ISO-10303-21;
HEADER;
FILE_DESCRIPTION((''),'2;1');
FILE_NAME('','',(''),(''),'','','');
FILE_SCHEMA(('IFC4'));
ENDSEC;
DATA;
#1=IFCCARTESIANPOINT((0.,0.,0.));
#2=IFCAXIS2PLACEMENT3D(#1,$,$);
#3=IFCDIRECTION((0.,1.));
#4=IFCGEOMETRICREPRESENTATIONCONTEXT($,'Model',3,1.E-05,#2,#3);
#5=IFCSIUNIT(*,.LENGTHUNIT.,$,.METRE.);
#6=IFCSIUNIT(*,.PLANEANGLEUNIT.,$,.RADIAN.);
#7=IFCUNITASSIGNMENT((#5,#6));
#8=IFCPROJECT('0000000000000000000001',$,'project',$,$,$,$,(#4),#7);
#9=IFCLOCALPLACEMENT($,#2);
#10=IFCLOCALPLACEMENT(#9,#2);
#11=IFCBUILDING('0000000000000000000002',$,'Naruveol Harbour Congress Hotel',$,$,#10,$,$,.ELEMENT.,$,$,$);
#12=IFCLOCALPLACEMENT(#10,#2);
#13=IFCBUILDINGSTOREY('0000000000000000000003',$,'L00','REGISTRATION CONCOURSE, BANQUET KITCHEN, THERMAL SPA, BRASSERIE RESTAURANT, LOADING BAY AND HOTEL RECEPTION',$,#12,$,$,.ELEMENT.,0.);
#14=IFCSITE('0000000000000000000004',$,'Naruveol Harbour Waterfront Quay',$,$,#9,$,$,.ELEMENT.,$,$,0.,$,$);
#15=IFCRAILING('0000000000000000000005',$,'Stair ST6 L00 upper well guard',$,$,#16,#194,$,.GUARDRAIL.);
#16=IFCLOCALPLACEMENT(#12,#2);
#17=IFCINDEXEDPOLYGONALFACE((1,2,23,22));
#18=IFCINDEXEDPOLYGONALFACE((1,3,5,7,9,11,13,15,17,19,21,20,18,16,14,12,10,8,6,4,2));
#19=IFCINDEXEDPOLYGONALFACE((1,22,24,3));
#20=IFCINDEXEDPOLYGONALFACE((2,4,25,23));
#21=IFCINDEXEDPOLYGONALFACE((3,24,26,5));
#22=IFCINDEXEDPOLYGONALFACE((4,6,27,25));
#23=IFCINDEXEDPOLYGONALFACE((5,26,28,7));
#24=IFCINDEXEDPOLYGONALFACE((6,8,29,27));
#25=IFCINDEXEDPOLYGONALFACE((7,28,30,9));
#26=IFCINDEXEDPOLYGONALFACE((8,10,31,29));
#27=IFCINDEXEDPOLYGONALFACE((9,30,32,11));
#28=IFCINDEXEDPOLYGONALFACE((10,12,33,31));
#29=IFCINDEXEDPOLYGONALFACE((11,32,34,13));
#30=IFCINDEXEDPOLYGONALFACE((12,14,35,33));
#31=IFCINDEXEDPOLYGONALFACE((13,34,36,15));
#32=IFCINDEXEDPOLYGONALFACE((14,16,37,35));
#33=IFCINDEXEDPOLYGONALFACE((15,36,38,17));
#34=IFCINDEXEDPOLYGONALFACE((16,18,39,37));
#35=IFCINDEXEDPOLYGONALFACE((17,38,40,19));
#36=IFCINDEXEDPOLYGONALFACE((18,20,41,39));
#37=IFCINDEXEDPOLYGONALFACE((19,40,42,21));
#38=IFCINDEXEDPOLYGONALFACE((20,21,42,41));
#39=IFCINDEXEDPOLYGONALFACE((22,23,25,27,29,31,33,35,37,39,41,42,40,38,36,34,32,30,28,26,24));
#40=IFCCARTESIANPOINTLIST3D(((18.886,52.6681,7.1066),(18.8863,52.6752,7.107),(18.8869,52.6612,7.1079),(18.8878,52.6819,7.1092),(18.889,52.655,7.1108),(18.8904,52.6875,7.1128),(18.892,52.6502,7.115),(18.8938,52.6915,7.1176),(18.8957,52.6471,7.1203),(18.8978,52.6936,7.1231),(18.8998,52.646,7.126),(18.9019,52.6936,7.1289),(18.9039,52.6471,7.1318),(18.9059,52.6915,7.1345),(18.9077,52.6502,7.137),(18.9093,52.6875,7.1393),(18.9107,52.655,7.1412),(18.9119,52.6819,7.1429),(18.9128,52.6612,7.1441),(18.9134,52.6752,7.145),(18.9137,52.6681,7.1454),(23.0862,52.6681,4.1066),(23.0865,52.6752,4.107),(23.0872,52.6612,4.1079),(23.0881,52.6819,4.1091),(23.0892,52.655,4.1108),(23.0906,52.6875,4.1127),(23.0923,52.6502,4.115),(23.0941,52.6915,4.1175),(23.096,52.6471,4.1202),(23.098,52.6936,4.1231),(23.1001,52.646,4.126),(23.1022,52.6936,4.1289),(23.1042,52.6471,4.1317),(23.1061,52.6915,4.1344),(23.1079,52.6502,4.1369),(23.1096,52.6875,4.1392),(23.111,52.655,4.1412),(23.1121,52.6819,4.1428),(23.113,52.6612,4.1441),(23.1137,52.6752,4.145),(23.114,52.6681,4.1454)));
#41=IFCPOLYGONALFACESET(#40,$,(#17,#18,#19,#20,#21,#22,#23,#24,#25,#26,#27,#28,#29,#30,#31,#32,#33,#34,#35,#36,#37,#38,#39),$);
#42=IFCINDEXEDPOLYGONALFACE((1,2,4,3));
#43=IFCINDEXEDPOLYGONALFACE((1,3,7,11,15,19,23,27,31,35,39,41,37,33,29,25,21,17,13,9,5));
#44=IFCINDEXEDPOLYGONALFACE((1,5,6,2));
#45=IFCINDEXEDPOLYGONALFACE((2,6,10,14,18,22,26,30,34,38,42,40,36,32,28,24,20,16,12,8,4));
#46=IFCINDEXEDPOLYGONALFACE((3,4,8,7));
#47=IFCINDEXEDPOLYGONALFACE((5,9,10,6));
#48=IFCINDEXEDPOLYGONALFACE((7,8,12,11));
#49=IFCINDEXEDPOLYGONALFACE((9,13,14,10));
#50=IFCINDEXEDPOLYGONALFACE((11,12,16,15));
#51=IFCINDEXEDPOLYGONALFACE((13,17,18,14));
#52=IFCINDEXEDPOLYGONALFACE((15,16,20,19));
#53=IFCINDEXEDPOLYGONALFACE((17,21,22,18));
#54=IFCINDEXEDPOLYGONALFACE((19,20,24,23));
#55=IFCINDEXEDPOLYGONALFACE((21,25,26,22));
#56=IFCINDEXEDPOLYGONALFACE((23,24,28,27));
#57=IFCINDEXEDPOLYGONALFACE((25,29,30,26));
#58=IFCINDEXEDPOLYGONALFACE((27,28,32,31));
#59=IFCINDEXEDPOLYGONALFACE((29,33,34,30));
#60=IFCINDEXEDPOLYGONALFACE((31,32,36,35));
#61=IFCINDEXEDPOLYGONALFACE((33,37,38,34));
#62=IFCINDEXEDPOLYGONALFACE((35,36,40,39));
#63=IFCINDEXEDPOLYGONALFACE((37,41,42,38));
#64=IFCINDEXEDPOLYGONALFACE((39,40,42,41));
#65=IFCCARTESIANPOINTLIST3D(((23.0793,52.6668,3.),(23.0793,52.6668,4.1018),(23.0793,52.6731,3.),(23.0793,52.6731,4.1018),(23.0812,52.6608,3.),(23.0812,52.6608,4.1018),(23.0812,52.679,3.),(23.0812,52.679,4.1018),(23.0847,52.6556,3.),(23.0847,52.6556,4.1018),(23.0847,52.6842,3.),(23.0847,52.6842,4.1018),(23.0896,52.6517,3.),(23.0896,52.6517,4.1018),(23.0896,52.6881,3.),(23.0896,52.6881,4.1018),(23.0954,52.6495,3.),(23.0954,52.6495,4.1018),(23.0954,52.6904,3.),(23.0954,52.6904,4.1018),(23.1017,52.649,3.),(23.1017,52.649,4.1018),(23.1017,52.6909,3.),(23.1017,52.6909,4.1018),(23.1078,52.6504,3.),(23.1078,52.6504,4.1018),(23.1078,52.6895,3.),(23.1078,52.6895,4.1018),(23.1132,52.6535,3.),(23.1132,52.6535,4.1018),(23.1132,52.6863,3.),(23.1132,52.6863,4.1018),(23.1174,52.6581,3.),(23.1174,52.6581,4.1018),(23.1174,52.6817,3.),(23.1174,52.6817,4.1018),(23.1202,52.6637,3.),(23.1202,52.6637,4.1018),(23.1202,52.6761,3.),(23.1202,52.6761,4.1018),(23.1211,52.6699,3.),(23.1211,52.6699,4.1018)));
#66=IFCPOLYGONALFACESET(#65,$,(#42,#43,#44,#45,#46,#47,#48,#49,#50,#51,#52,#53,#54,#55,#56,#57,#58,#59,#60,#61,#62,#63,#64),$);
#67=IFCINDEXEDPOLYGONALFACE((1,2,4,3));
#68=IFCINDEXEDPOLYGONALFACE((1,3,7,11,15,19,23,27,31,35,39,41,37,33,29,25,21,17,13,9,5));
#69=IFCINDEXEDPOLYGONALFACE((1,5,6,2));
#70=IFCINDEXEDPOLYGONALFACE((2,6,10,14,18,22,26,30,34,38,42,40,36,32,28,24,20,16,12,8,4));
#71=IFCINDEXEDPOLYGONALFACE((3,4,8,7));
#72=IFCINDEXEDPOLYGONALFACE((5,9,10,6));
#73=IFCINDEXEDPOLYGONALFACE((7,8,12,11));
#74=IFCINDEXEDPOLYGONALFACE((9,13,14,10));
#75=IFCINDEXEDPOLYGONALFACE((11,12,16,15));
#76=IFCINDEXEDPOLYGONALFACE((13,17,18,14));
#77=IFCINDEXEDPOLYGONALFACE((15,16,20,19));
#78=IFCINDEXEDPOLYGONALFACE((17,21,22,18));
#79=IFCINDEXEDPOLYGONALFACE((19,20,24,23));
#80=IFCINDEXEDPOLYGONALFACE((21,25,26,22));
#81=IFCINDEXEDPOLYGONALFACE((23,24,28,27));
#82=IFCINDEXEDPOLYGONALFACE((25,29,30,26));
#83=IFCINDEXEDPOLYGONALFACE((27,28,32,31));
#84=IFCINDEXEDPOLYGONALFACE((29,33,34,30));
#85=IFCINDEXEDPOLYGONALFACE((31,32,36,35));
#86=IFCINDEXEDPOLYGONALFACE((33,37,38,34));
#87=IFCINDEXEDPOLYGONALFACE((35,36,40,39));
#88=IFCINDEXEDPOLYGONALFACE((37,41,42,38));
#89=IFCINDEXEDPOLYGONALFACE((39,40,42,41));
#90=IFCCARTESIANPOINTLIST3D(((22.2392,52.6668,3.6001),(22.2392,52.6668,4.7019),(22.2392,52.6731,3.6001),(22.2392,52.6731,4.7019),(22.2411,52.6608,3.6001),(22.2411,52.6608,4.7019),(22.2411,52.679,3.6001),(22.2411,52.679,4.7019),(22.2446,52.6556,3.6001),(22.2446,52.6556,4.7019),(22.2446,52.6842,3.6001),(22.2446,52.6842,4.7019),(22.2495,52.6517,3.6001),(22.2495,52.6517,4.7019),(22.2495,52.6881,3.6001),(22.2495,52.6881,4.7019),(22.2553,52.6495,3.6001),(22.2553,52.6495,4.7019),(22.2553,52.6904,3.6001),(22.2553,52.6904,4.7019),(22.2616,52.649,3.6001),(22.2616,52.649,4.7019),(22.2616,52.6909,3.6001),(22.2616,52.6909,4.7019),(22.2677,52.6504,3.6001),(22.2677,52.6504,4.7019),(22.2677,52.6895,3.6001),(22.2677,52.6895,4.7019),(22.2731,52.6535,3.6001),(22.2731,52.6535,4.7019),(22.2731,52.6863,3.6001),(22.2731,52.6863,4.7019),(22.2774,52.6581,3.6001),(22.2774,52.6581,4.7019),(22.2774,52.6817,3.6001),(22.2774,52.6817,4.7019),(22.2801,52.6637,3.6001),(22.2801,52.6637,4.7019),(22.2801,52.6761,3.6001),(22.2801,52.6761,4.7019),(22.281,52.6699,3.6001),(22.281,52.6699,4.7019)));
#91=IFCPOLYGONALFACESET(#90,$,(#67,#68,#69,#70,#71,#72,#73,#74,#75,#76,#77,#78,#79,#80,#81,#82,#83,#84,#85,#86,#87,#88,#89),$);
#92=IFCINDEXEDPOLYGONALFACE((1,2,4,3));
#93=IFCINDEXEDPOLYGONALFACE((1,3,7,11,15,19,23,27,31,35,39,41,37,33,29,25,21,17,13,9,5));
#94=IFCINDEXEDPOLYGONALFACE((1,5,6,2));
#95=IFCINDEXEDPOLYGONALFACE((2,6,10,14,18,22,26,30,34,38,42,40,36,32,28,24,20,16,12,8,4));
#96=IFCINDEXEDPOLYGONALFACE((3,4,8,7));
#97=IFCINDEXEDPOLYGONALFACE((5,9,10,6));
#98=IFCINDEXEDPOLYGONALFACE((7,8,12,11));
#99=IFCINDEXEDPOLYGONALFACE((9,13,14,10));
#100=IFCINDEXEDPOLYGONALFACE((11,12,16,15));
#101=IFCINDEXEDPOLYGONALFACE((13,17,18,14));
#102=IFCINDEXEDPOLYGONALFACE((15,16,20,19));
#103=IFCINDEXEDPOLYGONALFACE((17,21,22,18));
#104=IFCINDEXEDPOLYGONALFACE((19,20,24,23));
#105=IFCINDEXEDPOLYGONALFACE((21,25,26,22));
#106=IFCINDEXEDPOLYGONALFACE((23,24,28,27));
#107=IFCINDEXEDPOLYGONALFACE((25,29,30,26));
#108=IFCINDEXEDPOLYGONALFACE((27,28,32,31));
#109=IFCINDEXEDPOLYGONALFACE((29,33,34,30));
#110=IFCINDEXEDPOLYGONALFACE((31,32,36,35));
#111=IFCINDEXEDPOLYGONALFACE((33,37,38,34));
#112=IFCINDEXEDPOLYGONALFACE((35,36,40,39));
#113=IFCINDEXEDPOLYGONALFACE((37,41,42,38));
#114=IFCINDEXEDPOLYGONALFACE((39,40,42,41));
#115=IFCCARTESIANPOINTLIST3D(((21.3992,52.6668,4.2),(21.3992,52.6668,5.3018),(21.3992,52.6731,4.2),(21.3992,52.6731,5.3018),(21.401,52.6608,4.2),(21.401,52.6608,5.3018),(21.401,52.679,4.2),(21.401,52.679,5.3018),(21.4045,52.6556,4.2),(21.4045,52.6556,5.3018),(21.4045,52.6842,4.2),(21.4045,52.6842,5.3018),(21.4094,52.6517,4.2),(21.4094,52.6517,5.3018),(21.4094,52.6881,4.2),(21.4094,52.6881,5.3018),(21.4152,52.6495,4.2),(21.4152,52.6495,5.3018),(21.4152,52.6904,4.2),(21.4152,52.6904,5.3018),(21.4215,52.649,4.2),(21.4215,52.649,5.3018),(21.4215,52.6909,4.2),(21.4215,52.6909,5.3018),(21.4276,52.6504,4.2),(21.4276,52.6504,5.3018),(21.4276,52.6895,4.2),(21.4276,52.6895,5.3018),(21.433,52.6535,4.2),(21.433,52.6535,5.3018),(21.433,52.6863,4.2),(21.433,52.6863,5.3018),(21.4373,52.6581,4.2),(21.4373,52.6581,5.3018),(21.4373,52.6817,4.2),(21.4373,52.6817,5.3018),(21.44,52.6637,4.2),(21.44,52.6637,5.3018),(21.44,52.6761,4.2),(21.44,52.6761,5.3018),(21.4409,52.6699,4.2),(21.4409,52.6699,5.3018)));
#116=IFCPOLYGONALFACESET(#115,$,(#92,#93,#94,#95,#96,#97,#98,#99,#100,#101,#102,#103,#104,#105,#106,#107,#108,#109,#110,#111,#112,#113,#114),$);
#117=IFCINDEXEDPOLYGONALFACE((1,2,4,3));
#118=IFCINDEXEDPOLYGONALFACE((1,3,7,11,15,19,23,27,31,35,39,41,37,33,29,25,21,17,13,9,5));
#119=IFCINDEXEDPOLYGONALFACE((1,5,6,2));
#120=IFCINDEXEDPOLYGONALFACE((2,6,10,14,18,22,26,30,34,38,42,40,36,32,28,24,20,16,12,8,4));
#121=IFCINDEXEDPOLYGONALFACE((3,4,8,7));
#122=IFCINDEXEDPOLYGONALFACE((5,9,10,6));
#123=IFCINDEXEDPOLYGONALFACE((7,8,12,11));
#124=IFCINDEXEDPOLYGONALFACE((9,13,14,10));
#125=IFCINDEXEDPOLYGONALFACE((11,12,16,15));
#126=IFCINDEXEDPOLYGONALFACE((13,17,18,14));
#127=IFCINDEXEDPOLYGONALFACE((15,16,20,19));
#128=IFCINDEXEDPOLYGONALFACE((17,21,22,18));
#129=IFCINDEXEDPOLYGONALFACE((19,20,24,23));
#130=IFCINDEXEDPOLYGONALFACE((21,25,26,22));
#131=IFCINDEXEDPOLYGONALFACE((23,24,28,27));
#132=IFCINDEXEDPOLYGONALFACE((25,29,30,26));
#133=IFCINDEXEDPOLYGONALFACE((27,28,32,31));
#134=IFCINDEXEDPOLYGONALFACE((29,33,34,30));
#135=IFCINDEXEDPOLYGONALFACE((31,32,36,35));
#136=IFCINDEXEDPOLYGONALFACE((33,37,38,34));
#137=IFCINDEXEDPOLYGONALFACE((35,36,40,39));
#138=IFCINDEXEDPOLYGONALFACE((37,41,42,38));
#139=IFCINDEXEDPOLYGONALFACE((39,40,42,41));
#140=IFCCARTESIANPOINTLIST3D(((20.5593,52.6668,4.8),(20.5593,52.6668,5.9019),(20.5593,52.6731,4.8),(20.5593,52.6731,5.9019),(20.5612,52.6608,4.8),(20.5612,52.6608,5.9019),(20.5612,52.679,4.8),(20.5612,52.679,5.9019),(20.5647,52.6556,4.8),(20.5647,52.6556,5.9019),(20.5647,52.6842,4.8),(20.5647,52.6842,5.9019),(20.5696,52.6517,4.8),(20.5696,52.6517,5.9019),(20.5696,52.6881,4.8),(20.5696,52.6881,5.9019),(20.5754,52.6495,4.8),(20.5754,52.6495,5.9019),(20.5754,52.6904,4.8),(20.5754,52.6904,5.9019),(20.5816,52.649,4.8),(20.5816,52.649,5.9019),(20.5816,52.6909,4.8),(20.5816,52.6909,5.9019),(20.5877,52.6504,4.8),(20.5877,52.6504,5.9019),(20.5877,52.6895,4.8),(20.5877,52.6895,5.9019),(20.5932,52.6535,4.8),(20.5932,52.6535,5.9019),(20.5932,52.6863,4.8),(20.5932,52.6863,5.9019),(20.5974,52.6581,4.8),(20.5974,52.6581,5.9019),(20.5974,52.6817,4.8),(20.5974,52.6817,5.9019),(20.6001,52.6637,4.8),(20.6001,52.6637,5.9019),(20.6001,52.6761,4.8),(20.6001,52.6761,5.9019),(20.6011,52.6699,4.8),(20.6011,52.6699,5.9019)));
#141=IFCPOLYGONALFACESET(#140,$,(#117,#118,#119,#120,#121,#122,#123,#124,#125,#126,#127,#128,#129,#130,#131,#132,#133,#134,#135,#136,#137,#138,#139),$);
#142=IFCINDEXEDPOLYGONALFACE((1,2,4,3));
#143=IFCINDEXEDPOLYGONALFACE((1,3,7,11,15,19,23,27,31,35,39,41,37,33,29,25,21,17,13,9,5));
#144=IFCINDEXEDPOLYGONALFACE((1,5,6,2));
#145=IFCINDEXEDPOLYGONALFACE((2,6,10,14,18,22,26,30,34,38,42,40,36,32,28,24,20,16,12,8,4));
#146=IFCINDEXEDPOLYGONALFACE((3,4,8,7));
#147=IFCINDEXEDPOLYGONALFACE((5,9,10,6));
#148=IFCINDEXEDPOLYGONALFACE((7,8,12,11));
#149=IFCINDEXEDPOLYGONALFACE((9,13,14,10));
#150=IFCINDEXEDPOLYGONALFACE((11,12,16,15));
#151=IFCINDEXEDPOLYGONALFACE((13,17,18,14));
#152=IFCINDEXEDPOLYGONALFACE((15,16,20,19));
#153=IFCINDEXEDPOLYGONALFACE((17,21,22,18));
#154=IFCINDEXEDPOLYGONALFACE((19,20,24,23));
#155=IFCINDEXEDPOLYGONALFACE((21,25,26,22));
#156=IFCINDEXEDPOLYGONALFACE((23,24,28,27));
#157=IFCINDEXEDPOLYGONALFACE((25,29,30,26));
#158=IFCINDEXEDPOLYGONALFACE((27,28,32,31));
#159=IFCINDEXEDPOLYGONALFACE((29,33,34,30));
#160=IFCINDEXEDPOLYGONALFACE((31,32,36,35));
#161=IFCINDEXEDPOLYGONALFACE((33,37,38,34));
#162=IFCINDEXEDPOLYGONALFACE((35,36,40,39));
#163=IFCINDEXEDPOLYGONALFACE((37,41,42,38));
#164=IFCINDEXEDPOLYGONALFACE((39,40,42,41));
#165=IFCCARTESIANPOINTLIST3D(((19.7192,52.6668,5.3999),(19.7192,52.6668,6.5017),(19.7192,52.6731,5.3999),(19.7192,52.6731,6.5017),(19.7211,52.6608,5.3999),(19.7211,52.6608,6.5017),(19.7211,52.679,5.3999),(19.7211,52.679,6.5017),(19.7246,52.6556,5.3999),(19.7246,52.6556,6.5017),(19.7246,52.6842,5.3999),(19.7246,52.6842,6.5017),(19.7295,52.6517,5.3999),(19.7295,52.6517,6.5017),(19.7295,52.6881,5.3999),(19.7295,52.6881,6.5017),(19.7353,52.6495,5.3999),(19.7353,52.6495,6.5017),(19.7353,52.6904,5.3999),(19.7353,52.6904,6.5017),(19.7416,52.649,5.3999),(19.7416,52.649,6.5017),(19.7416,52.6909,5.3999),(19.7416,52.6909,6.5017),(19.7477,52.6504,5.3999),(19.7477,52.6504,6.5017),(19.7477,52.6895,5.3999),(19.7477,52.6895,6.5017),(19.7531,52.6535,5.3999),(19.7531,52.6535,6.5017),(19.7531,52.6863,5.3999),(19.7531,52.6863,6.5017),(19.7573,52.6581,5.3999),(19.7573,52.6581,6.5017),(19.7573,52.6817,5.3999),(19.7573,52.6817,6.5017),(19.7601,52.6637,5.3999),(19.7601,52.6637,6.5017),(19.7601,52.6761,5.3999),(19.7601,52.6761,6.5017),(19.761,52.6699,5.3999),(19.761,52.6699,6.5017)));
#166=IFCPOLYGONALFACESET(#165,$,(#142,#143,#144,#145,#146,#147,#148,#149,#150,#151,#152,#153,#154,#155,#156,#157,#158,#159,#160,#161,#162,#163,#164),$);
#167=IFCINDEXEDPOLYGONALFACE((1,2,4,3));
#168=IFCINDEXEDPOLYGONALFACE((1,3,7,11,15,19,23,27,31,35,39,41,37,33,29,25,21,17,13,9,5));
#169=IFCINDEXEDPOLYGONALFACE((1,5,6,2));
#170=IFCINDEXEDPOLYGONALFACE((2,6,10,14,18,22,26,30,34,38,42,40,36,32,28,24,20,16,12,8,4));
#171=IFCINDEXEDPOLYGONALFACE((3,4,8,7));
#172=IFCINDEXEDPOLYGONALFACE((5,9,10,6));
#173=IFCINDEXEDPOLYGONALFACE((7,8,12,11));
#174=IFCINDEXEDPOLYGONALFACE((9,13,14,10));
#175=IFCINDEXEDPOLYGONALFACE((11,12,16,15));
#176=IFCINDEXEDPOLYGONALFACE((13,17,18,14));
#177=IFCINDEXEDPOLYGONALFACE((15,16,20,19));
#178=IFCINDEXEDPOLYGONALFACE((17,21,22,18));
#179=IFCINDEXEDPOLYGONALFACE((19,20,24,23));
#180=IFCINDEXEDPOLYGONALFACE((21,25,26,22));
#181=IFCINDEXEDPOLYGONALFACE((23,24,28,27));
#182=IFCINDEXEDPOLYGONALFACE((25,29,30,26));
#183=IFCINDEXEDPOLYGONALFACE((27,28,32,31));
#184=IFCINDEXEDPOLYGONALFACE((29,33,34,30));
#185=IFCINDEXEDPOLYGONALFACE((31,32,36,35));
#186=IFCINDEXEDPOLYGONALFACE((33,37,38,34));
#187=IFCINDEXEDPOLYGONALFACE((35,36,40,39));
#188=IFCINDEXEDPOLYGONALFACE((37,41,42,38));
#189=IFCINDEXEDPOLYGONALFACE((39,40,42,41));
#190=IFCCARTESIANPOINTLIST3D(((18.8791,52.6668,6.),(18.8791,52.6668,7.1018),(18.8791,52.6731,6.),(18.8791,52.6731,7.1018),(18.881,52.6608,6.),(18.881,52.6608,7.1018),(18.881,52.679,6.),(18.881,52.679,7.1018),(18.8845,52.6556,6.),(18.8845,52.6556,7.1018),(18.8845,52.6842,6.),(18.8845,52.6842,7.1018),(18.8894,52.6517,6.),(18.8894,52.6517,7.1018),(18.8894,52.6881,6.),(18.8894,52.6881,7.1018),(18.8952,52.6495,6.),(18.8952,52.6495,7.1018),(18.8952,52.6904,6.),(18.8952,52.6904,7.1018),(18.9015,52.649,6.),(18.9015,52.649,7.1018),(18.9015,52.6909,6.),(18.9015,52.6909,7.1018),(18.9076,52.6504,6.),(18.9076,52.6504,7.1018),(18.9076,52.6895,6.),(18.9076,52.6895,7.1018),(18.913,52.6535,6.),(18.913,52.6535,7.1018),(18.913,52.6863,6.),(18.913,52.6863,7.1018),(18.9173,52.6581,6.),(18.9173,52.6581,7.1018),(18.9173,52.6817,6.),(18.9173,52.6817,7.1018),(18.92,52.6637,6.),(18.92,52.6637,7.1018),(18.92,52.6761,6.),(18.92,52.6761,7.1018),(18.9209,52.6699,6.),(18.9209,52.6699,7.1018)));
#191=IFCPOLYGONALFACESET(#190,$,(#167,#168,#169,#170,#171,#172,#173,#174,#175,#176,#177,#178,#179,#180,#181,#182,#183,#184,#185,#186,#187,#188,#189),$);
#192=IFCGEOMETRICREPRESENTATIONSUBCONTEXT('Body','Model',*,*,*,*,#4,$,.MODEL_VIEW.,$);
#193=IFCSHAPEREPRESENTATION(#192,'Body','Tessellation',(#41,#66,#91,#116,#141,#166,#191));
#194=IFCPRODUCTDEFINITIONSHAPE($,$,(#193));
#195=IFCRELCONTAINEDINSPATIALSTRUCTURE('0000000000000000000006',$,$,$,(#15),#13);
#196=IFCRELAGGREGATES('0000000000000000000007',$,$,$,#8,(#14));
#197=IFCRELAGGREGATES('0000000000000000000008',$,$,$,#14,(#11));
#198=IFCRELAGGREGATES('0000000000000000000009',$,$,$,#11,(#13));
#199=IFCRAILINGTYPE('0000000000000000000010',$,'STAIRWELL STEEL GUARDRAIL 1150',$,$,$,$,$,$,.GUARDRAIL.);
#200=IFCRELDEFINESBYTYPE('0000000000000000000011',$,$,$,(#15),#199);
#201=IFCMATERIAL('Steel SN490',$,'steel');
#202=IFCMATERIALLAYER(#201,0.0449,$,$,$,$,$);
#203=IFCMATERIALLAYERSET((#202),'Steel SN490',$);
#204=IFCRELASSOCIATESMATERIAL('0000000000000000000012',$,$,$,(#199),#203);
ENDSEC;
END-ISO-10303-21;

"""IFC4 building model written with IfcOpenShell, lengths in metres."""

from ifc_helpers import new_model, si_unit, direction, frame, origin, origin_2d, place, context, subcontext, project, spatial, circle, extrude, material, layer, layer_set, type_object, element, save


model = new_model("IFC4")

# Units and contexts
model_context = context("Model", 3, precision=1e-05, world=origin(), true_north=direction((0.0, 1.0)))
body_context = subcontext(model_context, "Body", "Model", "MODEL_VIEW")
ifc_project = project(units=[si_unit("LENGTHUNIT", "METRE"), si_unit("PLANEANGLEUNIT", "RADIAN")], contexts=[model_context])

# Site, building, storey
site_placement = place(None, origin())
site = spatial("IfcSite", under=ifc_project, at=site_placement, Name="Naruveol Harbour Waterfront Quay", CompositionType="ELEMENT", RefElevation=0.0)
building_placement = place(site_placement, origin())
building = spatial("IfcBuilding", under=site, at=building_placement, Name="Naruveol Harbour Congress Hotel", CompositionType="ELEMENT")
storey_placement = place(building_placement, origin())
storey = spatial("IfcBuildingStorey", under=building, at=storey_placement, Name="L00", Description="REGISTRATION CONCOURSE, BANQUET KITCHEN, THERMAL SPA, BRASSERIE RESTAURANT, LOADING BAY AND HOTEL RECEPTION", CompositionType="ELEMENT", Elevation=0.0)

# Railing
ifc_material_1 = material(Name="Steel SN490", Category="steel")
ifc_layer_1 = layer(ifc_material_1, 0.0449)
ifc_layer_set_1 = layer_set([ifc_layer_1], Name="Steel SN490")
railing_type_1 = type_object("IfcRailingType", Name="STAIRWELL STEEL GUARDRAIL 1150", PredefinedType="GUARDRAIL", material=ifc_layer_set_1)
railing_1_placement = place(storey_placement, frame((23.1001, 52.6699, 3.0)))
element("IfcRailing", 1, at=railing_1_placement, inside=storey, type_object=railing_type_1, Name="Stair ST6 L00 upper well guard", PredefinedType="GUARDRAIL", context=body_context, shape_type="SweptSolid", body=[
    extrude(circle(Radius=0.0239, at=origin_2d()), frame((0.0, 0.0, 1.126), z_axis=(-0.813746, 0.0, 0.58122), x_axis=(0.0, -1.0, 0.0)), (0.0, 0.0, 1.0), 5.1616),
    extrude(circle(Radius=0.021, at=origin_2d()), origin(), (0.0, 0.0, 1.0), 1.1018),
    extrude(circle(Radius=0.021, at=origin_2d()), frame((-0.8401, 0.0, 0.6001)), (0.0, 0.0, 1.0), 1.1018),
    extrude(circle(Radius=0.021, at=origin_2d()), frame((-1.6802, 0.0, 1.2)), (0.0, 0.0, 1.0), 1.1018),
    extrude(circle(Radius=0.021, at=origin_2d()), frame((-2.52, 0.0, 1.8)), (0.0, 0.0, 1.0), 1.1018),
    extrude(circle(Radius=0.021, at=origin_2d()), frame((-3.3601, 0.0, 2.3999)), (0.0, 0.0, 1.0), 1.1018),
    extrude(circle(Radius=0.021, at=origin_2d()), frame((-4.2002, 0.0, 3.0)), (0.0, 0.0, 1.0), 1.1018),
])

save(model, "model.ifc")
